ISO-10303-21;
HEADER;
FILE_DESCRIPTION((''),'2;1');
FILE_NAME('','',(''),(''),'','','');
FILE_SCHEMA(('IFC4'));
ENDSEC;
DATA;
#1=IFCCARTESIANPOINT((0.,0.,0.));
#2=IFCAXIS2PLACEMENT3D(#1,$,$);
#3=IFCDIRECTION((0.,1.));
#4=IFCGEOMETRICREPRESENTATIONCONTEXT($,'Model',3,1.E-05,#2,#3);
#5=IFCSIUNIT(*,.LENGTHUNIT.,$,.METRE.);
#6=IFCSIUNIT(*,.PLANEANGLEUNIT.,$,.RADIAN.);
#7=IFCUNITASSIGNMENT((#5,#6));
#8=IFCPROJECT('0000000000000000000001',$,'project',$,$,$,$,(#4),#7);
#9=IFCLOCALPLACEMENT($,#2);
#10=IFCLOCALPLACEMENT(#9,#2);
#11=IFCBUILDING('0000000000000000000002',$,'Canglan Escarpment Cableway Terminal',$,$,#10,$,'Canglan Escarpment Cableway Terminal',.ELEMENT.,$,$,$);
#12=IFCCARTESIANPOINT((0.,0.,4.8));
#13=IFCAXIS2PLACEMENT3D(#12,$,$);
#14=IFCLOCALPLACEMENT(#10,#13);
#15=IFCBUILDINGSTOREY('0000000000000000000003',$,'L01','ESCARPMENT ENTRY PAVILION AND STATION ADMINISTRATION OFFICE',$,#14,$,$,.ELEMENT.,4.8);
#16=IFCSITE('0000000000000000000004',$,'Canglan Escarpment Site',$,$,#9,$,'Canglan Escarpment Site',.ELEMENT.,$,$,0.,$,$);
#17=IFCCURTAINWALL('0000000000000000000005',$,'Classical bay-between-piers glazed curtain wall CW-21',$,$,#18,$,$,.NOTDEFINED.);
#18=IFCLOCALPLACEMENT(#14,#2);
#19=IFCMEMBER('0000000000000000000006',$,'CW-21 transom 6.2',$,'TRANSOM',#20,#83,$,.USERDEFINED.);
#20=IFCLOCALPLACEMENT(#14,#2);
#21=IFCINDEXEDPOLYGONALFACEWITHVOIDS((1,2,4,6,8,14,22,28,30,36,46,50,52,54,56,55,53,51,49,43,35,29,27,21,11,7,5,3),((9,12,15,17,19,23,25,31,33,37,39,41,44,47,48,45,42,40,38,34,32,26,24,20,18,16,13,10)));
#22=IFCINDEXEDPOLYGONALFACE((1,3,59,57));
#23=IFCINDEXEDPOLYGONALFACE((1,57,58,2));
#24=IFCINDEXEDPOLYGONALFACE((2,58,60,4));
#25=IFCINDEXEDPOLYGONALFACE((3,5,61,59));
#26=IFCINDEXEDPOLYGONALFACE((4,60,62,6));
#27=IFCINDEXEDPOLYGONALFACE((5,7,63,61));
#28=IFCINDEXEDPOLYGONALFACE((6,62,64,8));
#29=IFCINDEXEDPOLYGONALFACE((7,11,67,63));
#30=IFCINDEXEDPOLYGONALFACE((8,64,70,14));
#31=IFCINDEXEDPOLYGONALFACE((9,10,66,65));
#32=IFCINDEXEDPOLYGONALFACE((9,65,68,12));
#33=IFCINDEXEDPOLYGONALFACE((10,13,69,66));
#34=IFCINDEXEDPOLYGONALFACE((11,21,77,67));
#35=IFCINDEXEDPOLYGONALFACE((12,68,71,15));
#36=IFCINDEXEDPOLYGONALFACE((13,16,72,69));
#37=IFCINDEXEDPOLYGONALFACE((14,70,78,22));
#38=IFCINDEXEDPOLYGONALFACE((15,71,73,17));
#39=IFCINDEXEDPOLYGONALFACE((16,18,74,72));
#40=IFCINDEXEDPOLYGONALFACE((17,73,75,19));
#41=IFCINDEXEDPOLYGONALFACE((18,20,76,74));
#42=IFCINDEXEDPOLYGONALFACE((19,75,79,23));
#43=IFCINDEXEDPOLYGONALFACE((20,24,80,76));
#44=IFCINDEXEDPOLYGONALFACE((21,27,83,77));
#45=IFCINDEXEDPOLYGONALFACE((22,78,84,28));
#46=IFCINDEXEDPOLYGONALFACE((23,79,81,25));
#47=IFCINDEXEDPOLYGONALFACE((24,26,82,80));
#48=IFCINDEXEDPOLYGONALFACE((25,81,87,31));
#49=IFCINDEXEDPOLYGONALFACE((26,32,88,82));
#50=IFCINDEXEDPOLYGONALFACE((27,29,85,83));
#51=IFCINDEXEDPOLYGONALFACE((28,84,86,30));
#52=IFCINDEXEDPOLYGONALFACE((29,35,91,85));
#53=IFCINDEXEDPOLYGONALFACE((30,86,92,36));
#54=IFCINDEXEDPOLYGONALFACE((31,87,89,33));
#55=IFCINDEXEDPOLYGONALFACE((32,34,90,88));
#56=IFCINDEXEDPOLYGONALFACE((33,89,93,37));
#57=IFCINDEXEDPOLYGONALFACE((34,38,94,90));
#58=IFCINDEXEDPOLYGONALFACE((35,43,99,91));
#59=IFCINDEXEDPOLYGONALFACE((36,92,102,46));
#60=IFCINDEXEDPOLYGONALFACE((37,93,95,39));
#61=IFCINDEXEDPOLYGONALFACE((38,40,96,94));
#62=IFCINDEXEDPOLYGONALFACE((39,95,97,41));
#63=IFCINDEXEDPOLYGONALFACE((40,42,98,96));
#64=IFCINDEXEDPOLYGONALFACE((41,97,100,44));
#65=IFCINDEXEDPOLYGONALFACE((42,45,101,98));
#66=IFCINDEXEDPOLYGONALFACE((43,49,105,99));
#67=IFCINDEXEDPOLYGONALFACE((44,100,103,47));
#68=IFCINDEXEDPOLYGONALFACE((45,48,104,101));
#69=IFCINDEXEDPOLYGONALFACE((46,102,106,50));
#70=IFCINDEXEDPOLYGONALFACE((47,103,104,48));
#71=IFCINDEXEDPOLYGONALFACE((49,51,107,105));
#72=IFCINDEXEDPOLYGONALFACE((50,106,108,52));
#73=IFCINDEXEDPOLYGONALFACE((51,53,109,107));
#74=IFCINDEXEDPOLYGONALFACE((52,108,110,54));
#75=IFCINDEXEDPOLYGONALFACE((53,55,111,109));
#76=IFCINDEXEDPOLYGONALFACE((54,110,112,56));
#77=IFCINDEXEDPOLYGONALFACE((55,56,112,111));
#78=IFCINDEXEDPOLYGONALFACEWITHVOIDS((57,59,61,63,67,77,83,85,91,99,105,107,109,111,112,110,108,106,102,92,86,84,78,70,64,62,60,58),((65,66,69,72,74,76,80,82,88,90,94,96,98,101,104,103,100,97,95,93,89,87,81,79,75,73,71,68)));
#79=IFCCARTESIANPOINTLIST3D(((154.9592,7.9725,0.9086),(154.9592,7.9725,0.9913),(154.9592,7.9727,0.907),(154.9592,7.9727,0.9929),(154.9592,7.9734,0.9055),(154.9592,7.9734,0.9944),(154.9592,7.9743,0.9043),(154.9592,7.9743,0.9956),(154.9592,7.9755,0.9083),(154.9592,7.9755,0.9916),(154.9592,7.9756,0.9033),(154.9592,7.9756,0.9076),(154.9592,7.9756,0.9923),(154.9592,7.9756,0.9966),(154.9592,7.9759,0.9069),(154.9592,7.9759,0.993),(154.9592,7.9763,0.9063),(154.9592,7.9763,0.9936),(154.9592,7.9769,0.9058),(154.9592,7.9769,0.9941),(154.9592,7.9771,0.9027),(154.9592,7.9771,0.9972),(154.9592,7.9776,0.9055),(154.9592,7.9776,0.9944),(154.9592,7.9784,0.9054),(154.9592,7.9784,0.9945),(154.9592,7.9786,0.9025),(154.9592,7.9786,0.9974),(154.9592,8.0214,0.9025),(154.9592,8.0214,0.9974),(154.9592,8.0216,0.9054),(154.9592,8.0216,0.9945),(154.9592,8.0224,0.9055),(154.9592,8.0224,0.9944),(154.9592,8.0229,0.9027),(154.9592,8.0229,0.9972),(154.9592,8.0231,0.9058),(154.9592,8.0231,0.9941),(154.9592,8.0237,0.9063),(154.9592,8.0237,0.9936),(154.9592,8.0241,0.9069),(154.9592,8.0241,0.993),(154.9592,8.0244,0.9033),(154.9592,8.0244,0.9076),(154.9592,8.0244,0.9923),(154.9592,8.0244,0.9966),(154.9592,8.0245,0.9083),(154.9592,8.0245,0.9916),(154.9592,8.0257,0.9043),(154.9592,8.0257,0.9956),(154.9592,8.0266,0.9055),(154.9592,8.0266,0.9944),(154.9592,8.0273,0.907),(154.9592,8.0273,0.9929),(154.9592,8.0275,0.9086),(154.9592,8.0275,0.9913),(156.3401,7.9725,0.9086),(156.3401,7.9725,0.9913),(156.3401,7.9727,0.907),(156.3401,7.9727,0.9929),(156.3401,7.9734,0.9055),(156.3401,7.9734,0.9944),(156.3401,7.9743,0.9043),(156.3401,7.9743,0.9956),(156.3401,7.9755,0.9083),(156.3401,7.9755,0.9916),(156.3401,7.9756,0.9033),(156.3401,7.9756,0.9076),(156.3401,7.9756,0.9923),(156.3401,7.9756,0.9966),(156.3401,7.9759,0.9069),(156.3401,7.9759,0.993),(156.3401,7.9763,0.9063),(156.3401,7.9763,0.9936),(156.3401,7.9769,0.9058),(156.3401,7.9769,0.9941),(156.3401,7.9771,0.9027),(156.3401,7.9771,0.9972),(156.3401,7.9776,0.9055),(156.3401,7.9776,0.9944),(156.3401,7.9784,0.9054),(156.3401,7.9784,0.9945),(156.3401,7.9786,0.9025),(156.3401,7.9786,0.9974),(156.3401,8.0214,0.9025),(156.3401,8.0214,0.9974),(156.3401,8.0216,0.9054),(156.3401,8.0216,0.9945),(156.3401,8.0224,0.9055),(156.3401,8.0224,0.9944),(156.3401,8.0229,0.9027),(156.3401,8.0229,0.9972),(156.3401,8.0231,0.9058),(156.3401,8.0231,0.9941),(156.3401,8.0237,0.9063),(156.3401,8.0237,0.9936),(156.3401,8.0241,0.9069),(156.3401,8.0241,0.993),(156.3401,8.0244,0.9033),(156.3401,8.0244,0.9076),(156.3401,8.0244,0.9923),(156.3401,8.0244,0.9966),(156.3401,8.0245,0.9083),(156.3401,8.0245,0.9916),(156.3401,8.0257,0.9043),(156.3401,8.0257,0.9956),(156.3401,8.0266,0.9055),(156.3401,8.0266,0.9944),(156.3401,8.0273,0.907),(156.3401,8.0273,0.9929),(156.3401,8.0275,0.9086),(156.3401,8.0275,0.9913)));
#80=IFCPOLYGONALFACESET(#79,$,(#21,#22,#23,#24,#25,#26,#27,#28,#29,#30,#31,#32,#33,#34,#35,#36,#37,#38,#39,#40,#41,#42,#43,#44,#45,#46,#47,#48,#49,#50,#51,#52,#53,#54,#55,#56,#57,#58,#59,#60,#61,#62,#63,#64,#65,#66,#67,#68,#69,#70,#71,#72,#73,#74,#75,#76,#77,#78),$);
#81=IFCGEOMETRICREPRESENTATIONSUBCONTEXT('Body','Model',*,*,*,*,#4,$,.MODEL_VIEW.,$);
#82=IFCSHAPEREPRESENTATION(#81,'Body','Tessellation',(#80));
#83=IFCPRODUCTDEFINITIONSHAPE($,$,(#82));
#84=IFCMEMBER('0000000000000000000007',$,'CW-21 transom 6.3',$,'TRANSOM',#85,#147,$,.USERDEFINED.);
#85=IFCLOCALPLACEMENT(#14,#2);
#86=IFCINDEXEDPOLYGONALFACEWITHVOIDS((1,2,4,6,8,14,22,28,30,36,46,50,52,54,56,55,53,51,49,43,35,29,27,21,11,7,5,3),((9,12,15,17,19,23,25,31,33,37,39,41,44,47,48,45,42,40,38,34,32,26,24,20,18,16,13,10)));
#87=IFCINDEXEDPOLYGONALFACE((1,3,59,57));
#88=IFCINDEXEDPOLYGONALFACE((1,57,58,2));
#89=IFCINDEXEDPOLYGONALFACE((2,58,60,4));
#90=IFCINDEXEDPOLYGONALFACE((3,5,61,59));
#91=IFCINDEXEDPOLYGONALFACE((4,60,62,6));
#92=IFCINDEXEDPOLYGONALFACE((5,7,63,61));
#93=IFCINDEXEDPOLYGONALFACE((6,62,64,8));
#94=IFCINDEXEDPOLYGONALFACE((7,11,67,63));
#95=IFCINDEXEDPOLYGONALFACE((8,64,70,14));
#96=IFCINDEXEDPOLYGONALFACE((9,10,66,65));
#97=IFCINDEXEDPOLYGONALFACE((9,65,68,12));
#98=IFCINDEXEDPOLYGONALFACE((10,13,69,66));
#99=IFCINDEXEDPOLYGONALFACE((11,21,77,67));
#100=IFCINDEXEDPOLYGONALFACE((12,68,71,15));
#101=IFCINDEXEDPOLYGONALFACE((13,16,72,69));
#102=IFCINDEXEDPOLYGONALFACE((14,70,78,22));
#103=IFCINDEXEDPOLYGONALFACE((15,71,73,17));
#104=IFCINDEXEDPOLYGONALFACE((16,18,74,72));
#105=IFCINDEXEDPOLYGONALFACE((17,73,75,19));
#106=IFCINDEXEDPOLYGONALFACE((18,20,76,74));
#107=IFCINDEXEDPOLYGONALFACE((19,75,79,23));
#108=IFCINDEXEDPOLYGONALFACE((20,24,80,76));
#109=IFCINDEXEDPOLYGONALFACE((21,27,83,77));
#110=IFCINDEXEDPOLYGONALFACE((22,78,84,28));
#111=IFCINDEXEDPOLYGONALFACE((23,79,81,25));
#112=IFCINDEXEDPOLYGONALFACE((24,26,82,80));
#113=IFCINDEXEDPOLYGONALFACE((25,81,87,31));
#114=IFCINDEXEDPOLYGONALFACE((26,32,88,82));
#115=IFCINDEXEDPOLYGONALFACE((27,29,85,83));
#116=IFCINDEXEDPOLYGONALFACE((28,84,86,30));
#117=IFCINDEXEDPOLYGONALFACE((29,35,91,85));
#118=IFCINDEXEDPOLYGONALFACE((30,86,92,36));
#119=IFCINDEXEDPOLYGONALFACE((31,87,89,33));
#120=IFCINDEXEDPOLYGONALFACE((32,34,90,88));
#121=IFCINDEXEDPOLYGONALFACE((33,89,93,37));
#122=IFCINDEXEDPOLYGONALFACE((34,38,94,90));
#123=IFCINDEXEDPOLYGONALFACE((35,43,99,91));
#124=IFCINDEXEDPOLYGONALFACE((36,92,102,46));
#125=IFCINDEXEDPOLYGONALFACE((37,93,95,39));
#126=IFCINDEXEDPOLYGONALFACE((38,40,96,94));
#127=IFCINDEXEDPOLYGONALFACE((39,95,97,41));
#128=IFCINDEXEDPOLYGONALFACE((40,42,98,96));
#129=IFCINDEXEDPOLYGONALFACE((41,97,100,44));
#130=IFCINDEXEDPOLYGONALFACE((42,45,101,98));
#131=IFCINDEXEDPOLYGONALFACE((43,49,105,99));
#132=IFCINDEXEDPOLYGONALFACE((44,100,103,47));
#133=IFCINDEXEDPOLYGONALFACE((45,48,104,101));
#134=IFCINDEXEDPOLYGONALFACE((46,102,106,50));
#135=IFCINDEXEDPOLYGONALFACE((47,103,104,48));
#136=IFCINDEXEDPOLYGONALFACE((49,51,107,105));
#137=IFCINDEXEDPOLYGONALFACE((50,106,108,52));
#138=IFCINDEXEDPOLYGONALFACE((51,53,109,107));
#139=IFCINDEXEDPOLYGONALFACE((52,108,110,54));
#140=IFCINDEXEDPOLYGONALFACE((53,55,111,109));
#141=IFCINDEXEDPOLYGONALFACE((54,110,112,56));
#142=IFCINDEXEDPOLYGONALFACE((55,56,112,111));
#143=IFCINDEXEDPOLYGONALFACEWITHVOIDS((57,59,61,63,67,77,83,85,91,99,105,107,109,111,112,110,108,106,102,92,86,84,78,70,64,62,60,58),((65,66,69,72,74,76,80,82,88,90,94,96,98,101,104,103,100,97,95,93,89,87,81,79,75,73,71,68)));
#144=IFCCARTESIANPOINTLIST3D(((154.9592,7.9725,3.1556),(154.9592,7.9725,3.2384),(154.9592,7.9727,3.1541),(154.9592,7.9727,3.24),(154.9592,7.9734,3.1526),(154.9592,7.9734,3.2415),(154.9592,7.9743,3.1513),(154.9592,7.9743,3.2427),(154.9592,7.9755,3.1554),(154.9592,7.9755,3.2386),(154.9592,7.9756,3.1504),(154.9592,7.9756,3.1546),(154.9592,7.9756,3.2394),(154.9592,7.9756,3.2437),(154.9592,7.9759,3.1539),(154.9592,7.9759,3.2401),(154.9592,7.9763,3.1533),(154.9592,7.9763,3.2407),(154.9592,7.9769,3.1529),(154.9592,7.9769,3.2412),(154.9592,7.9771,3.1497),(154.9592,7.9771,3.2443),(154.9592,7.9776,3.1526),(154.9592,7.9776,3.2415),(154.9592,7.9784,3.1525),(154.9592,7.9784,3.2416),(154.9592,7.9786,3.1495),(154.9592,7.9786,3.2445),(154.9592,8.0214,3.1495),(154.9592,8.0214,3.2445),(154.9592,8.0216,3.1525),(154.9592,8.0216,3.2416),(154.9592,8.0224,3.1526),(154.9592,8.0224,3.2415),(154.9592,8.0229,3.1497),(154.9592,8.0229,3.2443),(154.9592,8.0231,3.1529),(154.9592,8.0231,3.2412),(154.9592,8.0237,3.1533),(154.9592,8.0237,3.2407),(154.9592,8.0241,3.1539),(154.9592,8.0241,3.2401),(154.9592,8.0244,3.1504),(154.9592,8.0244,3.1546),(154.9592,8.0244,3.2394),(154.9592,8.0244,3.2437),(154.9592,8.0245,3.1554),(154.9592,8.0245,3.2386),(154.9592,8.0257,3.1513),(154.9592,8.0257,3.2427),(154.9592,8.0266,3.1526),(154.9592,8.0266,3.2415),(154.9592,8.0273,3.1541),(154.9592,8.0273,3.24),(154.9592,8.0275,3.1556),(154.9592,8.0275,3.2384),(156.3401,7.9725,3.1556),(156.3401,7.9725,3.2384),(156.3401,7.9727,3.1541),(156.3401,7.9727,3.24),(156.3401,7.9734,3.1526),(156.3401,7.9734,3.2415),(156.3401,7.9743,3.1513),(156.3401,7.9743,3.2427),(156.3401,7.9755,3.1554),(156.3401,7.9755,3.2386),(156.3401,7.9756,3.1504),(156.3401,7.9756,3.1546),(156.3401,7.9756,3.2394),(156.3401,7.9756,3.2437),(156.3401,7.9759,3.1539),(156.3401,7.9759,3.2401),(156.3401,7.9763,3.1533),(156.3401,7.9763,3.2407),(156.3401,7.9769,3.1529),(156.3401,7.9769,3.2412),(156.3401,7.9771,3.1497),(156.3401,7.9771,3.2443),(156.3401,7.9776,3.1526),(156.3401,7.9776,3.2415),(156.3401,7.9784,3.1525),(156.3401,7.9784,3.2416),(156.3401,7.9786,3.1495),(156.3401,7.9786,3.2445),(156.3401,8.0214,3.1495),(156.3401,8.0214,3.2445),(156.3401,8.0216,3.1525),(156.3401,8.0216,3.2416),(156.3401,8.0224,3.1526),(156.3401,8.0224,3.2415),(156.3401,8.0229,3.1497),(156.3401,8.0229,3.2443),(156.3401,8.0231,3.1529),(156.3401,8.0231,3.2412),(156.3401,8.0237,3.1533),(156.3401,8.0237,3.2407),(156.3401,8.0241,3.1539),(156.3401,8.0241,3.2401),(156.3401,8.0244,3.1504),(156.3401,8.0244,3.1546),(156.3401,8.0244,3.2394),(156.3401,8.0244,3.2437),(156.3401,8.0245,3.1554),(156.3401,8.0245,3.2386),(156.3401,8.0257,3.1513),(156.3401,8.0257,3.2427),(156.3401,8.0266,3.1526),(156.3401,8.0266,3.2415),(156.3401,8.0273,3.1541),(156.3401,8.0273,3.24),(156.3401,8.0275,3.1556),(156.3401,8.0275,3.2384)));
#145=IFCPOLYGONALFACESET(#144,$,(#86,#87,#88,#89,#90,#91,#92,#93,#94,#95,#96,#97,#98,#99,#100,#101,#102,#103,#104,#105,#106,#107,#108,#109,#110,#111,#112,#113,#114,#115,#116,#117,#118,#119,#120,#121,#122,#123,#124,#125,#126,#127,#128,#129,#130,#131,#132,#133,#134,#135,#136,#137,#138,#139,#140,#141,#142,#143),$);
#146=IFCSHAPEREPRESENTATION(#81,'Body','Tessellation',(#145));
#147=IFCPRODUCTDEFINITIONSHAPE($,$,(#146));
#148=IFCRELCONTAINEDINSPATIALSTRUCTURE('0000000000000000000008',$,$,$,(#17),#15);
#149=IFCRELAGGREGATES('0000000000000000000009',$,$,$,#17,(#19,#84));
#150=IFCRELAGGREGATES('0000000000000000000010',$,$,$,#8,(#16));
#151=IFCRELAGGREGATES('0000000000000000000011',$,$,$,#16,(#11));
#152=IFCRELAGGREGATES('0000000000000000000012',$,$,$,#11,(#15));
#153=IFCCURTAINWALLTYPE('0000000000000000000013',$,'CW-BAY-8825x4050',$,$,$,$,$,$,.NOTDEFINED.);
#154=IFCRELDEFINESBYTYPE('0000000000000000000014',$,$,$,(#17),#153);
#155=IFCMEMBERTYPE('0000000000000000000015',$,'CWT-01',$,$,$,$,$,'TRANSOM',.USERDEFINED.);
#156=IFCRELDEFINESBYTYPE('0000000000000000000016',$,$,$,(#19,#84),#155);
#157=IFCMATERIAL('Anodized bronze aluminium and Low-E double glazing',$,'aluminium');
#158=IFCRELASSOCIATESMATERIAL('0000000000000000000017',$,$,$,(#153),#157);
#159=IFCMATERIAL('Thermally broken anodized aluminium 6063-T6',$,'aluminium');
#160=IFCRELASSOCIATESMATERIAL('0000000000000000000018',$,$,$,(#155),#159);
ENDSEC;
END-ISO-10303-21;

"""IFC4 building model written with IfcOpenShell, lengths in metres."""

from ifc_helpers import new_model, si_unit, direction, frame, origin, origin_2d, place, context, subcontext, project, spatial, hollow_rectangle, extrude, material, material_profile, profile_set, type_object, element, aggregate, save


model = new_model("IFC4")

# Units and contexts
model_context = context("Model", 3, precision=1e-05, world=origin(), true_north=direction((0.0, 1.0)))
body_context = subcontext(model_context, "Body", "Model", "MODEL_VIEW")
ifc_project = project(units=[si_unit("LENGTHUNIT", "METRE"), si_unit("PLANEANGLEUNIT", "RADIAN")], contexts=[model_context])

# Site, building, storey
site_placement = place(None, origin())
site = spatial("IfcSite", under=ifc_project, at=site_placement, Name="Canglan Escarpment Site", LongName="Canglan Escarpment Site", CompositionType="ELEMENT", RefElevation=0.0)
building_placement = place(site_placement, origin())
building = spatial("IfcBuilding", under=site, at=building_placement, Name="Canglan Escarpment Cableway Terminal", LongName="Canglan Escarpment Cableway Terminal", CompositionType="ELEMENT")
storey_placement = place(building_placement, frame((0.0, 0.0, 4.8)))
storey = spatial("IfcBuildingStorey", under=building, at=storey_placement, Name="L01", Description="ESCARPMENT ENTRY PAVILION AND STATION ADMINISTRATION OFFICE", CompositionType="ELEMENT", Elevation=4.8)

# Curtain wall, members
ifc_material_1 = material(Name="Anodized bronze aluminium and Low-E double glazing", Category="aluminium")
curtain_wall_type = type_object("IfcCurtainWallType", Name="CW-BAY-8825x4050", PredefinedType="NOTDEFINED", material=ifc_material_1)
curtain_wall_placement = place(storey_placement, origin())
curtain_wall = element("IfcCurtainWall", 1, at=curtain_wall_placement, inside=storey, type_object=curtain_wall_type, Name="Classical bay-between-piers glazed curtain wall CW-21", PredefinedType="NOTDEFINED")
ifc_material_2 = material(Name="Thermally broken anodized aluminium 6063-T6", Category="aluminium")
ifc_material_profile_1 = material_profile(ifc_material_2, hollow_rectangle(XDim=0.0549, YDim=0.095, WallThickness=0.0029, InnerFilletRadius=0.0029, OuterFilletRadius=0.0061, at=origin_2d()), Name="ALU-TRAN 55x95x3")
ifc_profile_set_1 = profile_set([ifc_material_profile_1], Name="Thermally broken anodized aluminium 6063-T6")
member_type_1 = type_object("IfcMemberType", Name="CWT-01", ElementType="TRANSOM", PredefinedType="USERDEFINED", material=ifc_profile_set_1)
member_1_placement = place(storey_placement, frame((154.9592, 8.0, 0.95), z_axis=(1.0, 0.0, 0.0), x_axis=(0.0, 1.0, 0.0)))
member_1 = element("IfcMember", 2, at=member_1_placement, type_object=member_type_1, Name="CW-21 transom 6.2", ObjectType="TRANSOM", PredefinedType="USERDEFINED", context=body_context, shape_type="SweptSolid", body=[
    extrude(hollow_rectangle(XDim=0.0549, YDim=0.095, WallThickness=0.0029, InnerFilletRadius=0.0029, OuterFilletRadius=0.0061, at=origin_2d()), origin(), (0.0, 0.0, 1.0), 1.3809),
])
member_2_placement = place(storey_placement, frame((154.9592, 8.0, 3.197), z_axis=(1.0, 0.0, 0.0), x_axis=(0.0, 1.0, 0.0)))
member_2 = element("IfcMember", 3, at=member_2_placement, type_object=member_type_1, Name="CW-21 transom 6.3", ObjectType="TRANSOM", PredefinedType="USERDEFINED", context=body_context, shape_type="SweptSolid", body=[
    extrude(hollow_rectangle(XDim=0.0549, YDim=0.095, WallThickness=0.0029, InnerFilletRadius=0.0029, OuterFilletRadius=0.0061, at=origin_2d()), origin(), (0.0, 0.0, 1.0), 1.3809),
])
aggregate(curtain_wall, [member_1, member_2])

save(model, "model.ifc")
